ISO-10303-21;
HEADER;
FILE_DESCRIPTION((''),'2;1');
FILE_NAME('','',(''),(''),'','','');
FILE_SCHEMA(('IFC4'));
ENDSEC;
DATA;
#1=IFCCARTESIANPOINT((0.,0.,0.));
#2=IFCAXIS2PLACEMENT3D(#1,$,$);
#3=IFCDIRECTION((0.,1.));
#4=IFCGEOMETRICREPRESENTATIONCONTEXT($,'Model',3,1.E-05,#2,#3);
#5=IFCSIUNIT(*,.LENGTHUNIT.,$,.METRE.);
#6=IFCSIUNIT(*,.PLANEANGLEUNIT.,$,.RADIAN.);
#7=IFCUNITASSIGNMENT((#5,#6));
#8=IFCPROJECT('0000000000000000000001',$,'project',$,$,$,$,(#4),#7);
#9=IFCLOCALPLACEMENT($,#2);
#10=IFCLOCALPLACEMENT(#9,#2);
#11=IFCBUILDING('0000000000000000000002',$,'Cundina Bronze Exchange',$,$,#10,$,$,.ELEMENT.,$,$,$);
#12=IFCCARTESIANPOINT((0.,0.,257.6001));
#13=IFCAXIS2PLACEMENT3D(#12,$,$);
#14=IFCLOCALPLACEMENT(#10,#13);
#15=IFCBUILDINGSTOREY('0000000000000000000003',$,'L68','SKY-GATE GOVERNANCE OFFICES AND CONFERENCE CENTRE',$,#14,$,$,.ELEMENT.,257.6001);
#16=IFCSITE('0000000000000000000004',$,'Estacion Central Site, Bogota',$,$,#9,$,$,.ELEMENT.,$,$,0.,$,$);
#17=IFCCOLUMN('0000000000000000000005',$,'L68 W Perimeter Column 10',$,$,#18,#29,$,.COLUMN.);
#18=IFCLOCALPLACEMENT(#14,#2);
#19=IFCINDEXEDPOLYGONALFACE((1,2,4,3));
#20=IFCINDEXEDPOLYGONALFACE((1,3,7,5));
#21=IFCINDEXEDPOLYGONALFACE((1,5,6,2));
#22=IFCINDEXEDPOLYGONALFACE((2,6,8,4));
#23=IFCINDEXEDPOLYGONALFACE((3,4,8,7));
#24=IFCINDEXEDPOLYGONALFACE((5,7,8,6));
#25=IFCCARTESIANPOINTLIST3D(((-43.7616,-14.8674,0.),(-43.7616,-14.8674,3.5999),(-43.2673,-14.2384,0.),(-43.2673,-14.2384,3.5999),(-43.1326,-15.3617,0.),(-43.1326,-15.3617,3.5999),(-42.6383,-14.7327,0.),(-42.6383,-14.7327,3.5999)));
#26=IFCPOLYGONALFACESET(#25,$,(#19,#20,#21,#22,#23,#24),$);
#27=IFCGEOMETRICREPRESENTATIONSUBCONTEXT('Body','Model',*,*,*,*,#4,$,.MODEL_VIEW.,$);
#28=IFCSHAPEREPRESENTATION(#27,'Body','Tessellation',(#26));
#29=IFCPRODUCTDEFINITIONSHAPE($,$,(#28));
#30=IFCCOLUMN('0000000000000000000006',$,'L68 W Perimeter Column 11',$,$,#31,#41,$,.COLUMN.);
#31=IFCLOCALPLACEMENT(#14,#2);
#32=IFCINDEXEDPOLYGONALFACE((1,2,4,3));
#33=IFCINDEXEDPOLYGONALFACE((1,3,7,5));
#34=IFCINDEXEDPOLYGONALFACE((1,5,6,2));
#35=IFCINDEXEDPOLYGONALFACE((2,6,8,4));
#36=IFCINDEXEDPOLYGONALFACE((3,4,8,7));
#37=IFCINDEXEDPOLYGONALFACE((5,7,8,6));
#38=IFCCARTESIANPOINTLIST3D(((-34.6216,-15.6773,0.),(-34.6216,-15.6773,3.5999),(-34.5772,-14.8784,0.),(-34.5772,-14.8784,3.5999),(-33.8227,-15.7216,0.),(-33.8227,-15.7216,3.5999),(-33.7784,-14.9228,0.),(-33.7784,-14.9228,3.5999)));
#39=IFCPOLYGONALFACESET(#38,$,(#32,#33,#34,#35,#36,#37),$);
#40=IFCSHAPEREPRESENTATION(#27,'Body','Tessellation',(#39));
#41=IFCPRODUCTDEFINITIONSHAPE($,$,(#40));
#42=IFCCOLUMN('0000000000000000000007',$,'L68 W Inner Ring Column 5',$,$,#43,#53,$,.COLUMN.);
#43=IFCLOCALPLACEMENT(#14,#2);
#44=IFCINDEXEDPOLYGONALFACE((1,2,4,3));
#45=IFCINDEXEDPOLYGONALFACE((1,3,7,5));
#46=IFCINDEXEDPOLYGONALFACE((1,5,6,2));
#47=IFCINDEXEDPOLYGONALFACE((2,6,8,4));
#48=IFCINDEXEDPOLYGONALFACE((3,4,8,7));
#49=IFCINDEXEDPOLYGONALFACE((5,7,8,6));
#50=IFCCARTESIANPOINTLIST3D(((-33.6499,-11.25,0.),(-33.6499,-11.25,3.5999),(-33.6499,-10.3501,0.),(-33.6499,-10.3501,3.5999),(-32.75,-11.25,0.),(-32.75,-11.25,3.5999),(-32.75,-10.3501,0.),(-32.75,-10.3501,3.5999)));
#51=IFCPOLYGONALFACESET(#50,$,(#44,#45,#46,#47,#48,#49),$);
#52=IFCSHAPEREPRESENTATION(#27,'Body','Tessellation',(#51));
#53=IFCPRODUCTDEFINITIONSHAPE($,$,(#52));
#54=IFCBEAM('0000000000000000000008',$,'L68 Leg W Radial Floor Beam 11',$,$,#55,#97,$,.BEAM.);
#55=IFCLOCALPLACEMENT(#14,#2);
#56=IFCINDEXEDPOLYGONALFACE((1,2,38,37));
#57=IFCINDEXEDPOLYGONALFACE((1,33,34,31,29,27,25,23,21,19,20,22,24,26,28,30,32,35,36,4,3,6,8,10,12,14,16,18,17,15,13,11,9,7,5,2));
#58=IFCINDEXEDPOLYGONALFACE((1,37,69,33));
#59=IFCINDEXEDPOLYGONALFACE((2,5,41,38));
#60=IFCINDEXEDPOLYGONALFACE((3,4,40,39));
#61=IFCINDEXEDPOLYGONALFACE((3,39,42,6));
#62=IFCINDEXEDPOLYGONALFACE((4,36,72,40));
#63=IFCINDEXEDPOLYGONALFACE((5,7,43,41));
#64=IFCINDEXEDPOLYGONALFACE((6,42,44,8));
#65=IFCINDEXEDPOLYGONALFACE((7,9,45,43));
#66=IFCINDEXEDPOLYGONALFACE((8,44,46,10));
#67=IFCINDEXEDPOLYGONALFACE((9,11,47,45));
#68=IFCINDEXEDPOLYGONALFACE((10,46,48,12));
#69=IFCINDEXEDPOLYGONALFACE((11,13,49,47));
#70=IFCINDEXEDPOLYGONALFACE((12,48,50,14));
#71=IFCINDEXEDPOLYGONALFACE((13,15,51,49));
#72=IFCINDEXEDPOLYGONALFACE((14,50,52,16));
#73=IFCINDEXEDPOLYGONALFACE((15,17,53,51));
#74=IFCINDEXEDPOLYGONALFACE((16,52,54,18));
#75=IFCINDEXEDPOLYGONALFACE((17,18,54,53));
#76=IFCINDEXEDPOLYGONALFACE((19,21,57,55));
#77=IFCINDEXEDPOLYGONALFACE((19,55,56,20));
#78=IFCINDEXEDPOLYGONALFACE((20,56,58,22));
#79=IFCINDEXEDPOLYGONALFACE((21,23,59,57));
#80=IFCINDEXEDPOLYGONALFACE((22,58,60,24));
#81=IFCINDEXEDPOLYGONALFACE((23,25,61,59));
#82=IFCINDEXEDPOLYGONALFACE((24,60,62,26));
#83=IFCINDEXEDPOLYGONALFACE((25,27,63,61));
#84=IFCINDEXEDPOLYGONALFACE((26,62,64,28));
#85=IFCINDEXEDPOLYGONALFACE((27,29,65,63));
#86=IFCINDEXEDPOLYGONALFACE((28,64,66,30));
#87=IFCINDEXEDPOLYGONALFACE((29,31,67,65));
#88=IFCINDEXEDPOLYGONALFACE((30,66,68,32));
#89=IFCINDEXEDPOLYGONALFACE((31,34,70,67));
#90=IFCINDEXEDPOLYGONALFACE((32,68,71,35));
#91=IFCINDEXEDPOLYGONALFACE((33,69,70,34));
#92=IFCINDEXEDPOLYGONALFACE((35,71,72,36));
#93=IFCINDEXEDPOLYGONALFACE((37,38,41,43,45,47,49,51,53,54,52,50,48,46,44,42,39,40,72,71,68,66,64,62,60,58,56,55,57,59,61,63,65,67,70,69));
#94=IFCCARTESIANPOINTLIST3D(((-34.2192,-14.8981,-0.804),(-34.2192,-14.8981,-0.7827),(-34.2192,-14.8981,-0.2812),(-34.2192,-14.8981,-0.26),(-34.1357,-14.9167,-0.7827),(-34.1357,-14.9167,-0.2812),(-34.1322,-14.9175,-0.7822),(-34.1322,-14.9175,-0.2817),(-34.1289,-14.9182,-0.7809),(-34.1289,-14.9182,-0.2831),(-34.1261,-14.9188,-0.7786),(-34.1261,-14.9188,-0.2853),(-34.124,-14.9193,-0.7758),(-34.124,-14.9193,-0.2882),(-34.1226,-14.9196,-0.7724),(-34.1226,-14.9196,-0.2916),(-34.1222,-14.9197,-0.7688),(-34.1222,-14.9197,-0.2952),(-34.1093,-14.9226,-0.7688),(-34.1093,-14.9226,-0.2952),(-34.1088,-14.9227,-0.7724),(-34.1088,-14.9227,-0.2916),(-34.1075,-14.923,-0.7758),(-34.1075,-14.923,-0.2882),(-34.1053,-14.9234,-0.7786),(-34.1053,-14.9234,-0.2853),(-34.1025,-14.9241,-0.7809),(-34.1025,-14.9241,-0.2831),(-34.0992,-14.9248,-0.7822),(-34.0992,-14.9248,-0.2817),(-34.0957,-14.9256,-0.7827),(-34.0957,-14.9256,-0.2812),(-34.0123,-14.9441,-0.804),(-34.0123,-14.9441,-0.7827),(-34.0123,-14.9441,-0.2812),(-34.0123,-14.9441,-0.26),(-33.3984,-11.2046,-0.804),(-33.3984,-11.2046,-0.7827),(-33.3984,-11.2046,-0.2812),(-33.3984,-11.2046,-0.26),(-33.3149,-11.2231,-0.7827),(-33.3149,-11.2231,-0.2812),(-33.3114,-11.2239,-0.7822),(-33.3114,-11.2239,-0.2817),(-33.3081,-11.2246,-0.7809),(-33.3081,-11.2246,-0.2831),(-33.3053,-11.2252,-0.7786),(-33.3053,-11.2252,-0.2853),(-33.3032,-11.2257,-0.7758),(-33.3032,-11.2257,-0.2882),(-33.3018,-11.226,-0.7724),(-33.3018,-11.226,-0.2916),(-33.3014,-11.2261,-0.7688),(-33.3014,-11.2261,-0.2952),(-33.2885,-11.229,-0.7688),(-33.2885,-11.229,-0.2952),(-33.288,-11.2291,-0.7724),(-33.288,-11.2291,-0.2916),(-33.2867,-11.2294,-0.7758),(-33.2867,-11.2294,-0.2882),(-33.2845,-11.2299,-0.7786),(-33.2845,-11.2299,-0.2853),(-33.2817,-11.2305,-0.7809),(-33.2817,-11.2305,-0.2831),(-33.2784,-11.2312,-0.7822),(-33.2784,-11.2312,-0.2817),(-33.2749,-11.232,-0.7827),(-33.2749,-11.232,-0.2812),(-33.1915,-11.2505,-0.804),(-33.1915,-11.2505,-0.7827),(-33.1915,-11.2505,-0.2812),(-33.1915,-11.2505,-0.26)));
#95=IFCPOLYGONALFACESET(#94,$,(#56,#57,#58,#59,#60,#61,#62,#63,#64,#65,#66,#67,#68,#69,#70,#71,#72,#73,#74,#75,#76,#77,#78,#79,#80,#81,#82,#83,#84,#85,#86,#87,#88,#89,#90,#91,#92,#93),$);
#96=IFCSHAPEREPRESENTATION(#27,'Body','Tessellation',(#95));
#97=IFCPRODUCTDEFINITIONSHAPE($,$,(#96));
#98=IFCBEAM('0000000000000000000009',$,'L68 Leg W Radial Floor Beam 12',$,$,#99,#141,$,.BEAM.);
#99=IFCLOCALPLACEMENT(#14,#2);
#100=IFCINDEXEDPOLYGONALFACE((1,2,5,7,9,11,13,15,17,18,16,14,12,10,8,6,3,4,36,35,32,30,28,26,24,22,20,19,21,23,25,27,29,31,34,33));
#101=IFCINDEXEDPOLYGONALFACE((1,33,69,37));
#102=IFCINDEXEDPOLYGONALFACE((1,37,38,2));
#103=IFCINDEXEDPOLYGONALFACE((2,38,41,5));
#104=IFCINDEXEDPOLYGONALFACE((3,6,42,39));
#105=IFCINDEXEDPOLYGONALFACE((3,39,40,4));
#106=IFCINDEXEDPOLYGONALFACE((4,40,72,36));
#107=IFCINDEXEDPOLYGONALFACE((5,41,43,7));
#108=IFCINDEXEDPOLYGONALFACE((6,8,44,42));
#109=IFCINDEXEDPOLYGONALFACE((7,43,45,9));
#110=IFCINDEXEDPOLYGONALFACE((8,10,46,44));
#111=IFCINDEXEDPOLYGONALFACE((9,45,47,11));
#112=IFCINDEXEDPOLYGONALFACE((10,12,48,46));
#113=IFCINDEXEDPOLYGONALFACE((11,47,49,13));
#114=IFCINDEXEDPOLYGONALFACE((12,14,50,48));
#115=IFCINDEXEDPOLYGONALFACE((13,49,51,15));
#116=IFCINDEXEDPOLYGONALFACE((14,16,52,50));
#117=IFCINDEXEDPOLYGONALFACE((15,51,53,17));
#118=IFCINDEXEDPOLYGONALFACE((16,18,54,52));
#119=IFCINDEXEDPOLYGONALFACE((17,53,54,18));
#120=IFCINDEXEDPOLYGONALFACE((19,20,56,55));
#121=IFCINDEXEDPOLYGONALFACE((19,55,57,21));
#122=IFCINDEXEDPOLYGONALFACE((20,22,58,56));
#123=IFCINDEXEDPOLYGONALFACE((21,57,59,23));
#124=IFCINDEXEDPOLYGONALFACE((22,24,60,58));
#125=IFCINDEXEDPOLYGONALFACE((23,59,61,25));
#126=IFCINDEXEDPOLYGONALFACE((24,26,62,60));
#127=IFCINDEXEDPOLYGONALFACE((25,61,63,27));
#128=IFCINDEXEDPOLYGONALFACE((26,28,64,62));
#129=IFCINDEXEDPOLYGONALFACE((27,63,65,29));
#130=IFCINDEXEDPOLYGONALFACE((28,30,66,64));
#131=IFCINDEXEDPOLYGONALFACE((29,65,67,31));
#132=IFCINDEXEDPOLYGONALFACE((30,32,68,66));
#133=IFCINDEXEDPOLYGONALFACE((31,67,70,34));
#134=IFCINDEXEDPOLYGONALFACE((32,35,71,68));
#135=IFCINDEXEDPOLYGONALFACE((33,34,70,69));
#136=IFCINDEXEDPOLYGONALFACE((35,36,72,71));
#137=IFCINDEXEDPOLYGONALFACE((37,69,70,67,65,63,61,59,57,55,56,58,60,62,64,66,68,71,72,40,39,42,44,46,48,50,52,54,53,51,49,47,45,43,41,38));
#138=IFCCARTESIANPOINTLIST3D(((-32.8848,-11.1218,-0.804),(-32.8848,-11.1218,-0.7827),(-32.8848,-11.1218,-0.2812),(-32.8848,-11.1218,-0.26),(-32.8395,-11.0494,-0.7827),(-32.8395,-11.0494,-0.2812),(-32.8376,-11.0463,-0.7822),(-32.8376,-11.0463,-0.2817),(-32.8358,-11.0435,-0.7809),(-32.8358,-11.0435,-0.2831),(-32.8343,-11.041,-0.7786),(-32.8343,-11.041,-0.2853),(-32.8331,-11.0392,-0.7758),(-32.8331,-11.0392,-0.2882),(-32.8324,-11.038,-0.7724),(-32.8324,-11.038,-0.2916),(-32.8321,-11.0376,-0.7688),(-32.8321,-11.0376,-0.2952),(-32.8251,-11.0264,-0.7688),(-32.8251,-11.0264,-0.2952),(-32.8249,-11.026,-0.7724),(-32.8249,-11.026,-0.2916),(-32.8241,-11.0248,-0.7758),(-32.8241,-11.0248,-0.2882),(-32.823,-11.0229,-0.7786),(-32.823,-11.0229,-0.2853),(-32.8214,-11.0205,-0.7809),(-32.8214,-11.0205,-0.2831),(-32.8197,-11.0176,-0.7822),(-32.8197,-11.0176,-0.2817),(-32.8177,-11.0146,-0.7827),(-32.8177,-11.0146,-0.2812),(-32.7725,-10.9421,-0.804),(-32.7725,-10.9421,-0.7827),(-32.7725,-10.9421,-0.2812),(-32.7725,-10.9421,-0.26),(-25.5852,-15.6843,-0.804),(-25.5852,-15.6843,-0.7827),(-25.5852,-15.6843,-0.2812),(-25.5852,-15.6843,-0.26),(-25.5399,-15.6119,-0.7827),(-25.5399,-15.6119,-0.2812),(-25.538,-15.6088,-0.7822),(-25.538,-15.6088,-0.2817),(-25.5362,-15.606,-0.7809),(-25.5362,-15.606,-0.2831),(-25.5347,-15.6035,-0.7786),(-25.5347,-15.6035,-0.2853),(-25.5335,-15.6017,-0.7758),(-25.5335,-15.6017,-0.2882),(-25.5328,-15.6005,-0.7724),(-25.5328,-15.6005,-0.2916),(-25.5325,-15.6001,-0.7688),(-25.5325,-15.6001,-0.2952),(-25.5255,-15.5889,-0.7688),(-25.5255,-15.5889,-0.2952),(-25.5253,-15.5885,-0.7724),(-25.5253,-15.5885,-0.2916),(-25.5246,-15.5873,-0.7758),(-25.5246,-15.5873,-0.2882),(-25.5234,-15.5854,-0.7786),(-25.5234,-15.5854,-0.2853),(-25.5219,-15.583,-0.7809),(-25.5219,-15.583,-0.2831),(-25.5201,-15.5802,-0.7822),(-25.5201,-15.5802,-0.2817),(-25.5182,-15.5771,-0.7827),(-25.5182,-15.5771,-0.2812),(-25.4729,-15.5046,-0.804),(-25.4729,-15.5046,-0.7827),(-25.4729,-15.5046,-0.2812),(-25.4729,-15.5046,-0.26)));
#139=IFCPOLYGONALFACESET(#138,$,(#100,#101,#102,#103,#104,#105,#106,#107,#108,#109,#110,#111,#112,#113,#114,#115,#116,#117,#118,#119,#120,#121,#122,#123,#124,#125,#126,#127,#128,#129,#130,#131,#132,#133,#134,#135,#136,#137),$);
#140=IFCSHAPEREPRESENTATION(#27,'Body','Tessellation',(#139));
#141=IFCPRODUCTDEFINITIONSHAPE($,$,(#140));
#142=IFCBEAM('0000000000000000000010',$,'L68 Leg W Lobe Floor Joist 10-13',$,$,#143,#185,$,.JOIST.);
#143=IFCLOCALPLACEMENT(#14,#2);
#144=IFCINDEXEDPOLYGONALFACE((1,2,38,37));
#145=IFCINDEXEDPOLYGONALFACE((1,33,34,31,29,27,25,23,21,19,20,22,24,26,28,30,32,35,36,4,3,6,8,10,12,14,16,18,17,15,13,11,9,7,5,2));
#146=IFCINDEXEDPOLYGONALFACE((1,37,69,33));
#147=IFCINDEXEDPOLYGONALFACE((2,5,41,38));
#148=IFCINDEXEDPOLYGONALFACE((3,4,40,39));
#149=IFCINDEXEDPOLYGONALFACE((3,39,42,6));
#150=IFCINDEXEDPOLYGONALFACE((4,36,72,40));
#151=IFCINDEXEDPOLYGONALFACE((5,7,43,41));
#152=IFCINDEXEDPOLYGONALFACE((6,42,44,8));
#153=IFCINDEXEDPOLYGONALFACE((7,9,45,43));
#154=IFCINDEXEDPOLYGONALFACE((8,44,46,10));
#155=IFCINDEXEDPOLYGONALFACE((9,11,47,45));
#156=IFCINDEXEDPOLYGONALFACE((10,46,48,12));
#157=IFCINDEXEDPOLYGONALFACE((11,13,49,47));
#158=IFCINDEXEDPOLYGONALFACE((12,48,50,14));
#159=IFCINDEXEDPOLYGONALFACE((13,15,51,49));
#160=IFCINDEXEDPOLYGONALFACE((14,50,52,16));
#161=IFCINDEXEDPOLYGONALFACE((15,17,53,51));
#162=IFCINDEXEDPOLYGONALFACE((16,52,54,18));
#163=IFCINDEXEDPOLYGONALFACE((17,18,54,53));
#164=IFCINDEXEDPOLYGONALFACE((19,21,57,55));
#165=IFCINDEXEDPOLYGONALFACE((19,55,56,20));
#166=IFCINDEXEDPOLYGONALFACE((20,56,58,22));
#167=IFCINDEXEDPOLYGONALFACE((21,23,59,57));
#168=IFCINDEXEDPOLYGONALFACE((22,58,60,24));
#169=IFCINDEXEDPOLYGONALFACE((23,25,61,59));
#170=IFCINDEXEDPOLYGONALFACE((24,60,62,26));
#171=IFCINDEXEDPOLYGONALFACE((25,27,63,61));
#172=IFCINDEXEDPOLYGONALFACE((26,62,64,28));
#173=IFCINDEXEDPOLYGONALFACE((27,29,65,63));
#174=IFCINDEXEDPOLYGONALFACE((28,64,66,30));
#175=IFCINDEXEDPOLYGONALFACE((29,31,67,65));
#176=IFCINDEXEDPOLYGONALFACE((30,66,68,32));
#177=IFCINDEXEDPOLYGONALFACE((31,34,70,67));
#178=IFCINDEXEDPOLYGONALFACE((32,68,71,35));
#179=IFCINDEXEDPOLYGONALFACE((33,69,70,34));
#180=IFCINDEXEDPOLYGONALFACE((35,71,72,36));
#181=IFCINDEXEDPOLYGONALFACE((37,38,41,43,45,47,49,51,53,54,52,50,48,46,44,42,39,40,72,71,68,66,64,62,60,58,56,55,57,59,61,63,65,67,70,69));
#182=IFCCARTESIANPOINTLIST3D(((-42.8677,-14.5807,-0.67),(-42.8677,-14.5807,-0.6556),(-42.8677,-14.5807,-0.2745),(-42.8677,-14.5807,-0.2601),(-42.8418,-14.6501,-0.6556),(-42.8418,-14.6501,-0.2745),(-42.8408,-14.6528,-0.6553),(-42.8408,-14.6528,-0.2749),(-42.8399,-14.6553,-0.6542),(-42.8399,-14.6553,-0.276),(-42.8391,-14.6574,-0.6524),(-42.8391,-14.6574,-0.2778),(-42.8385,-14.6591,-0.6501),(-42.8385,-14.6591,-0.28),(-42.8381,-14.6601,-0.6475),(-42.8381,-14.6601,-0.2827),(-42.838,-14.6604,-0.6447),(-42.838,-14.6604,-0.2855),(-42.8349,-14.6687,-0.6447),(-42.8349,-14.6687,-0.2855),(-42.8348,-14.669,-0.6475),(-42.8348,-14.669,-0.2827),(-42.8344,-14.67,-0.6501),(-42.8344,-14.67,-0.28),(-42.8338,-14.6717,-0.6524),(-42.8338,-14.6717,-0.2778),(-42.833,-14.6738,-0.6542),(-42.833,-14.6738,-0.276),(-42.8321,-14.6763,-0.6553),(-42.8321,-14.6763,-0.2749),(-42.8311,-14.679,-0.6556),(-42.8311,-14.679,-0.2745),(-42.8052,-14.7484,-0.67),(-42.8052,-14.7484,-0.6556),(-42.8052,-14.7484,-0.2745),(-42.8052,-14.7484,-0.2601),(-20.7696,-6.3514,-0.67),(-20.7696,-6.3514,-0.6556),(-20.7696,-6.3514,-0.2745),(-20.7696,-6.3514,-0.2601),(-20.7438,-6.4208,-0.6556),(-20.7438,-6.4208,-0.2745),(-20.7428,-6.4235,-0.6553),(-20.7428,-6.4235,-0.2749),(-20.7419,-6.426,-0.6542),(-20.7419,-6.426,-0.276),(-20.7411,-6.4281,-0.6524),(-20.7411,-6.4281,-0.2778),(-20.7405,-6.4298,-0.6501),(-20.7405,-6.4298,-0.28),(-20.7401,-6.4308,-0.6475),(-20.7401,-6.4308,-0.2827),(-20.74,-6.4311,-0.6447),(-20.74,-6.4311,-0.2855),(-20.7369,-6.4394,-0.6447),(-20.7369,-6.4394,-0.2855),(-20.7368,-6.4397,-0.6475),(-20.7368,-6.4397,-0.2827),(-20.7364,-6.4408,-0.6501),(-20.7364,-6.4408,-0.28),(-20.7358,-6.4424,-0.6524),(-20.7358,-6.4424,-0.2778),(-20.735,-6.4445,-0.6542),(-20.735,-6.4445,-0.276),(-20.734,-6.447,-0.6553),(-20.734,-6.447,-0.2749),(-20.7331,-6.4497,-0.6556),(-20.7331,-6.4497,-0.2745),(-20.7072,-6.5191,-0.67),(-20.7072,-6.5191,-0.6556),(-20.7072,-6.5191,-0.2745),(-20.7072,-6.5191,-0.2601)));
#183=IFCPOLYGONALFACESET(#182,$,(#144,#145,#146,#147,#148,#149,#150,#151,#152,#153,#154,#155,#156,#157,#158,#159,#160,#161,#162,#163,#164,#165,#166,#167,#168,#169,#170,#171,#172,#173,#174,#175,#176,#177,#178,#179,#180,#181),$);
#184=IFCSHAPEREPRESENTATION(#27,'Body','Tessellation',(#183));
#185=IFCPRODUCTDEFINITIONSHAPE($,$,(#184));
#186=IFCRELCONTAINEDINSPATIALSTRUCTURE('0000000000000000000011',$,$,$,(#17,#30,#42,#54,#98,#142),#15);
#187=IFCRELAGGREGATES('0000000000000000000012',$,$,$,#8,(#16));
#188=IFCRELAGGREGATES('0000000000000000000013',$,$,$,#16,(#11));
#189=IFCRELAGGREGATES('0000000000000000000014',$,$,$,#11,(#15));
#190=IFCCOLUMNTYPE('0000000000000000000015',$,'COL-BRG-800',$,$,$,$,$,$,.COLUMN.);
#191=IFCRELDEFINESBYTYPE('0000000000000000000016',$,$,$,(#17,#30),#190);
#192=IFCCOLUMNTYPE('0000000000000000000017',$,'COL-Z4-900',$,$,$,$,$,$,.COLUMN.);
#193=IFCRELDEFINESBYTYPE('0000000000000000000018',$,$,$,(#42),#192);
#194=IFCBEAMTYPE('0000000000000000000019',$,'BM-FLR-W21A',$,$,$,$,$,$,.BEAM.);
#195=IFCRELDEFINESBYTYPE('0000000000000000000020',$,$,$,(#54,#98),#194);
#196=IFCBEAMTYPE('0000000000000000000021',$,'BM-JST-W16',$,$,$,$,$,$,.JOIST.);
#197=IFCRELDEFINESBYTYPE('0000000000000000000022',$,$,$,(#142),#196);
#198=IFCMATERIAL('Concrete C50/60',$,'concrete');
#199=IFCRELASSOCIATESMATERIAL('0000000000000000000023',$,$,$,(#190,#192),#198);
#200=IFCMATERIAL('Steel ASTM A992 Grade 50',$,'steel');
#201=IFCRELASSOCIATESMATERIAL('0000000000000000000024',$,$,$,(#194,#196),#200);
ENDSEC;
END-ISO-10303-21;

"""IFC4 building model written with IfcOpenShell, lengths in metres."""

from ifc_helpers import new_model, si_unit, direction, frame, origin, origin_2d, place, context, subcontext, project, spatial, rectangle, i_section, extrude, material, material_profile, profile_set, type_object, element, save


model = new_model("IFC4")

# Units and contexts
model_context = context("Model", 3, precision=1e-05, world=origin(), true_north=direction((0.0, 1.0)))
body_context = subcontext(model_context, "Body", "Model", "MODEL_VIEW")
ifc_project = project(units=[si_unit("LENGTHUNIT", "METRE"), si_unit("PLANEANGLEUNIT", "RADIAN")], contexts=[model_context])

# Site, building, storey
site_placement = place(None, origin())
site = spatial("IfcSite", under=ifc_project, at=site_placement, Name="Estacion Central Site, Bogota", CompositionType="ELEMENT", RefElevation=0.0)
building_placement = place(site_placement, origin())
building = spatial("IfcBuilding", under=site, at=building_placement, Name="Cundina Bronze Exchange", CompositionType="ELEMENT")
storey_placement = place(building_placement, frame((0.0, 0.0, 257.6001)))
storey = spatial("IfcBuildingStorey", under=building, at=storey_placement, Name="L68", Description="SKY-GATE GOVERNANCE OFFICES AND CONFERENCE CENTRE", CompositionType="ELEMENT", Elevation=257.6001)

# Columns
ifc_material_1 = material(Name="Concrete C50/60", Category="concrete")
ifc_material_profile_1 = material_profile(ifc_material_1, rectangle(XDim=0.8, YDim=0.8, at=origin_2d()), Name="RC800X800", Category="concrete")
ifc_profile_set_1 = profile_set([ifc_material_profile_1], Name="Concrete C50/60")
column_type_1 = type_object("IfcColumnType", Name="COL-BRG-800", PredefinedType="COLUMN", material=ifc_profile_set_1)
for number, where, z_axis, x_axis, name in (
    (1, (-43.2, -14.8, 0.0), (0.0, 0.0, 1.0), (0.786288, -0.61786, 0.0), "L68 W Perimeter Column 10"),
    (2, (-34.2, -15.3, 0.0), (0.0, 0.0, 1.0), (0.99846, -0.055473, 0.0), "L68 W Perimeter Column 11"),
):
    element("IfcColumn", number, at=place(storey_placement, frame(where, z_axis=z_axis, x_axis=x_axis)), inside=storey, type_object=column_type_1, Name=name, PredefinedType="COLUMN", context=body_context, shape_type="SweptSolid", body=[
        extrude(rectangle(XDim=0.8, YDim=0.8, at=origin_2d()), origin(), (0.0, 0.0, 1.0), 3.5999),
    ])
ifc_material_profile_2 = material_profile(ifc_material_1, rectangle(XDim=0.8999, YDim=0.8999, at=origin_2d()), Name="RC900X900", Category="concrete")
ifc_profile_set_2 = profile_set([ifc_material_profile_2], Name="Concrete C50/60")
column_type_2 = type_object("IfcColumnType", Name="COL-Z4-900", PredefinedType="COLUMN", material=ifc_profile_set_2)
column_placement = place(storey_placement, frame((-33.2, -10.8, 0.0), z_axis=(0.0, 0.0, 1.0), x_axis=(1.0, 0.0, 0.0)))
element("IfcColumn", 3, at=column_placement, inside=storey, type_object=column_type_2, Name="L68 W Inner Ring Column 5", PredefinedType="COLUMN", context=body_context, shape_type="SweptSolid", body=[
    extrude(rectangle(XDim=0.8999, YDim=0.8999, at=origin_2d()), origin(), (0.0, 0.0, 1.0), 3.5999),
])

# Beams
ifc_material_2 = material(Name="Steel ASTM A992 Grade 50", Category="steel")
ifc_material_profile_3 = material_profile(ifc_material_2, i_section(OverallWidth=0.2119, OverallDepth=0.5439, WebThickness=0.0132, FlangeThickness=0.0212, FilletRadius=0.0139, at=origin_2d()), Name="W21X83", Category="steel")
ifc_profile_set_3 = profile_set([ifc_material_profile_3], Name="Steel ASTM A992 Grade 50")
beam_type_1 = type_object("IfcBeamType", Name="BM-FLR-W21A", PredefinedType="BEAM", material=ifc_profile_set_3)
beam_1_placement = place(storey_placement, frame((-33.2949, -11.2275, -0.532), z_axis=(-0.21693, -0.976187, 0.0), x_axis=(0.976187, -0.21693, 0.0)))
element("IfcBeam", 4, at=beam_1_placement, inside=storey, type_object=beam_type_1, Name="L68 Leg W Radial Floor Beam 11", PredefinedType="BEAM", context=body_context, shape_type="SweptSolid", body=[
    extrude(i_section(OverallWidth=0.2119, OverallDepth=0.5439, WebThickness=0.0132, FlangeThickness=0.0212, FilletRadius=0.0139, at=origin_2d()), origin(), (0.0, 0.0, 1.0), 3.7837),
])
beam_2_placement = place(storey_placement, frame((-32.8286, -11.032, -0.532), z_axis=(0.847984, -0.530022, 0.0), x_axis=(0.530022, 0.847984, 0.0)))
element("IfcBeam", 5, at=beam_2_placement, inside=storey, type_object=beam_type_1, Name="L68 Leg W Radial Floor Beam 12", PredefinedType="BEAM", context=body_context, shape_type="SweptSolid", body=[
    extrude(i_section(OverallWidth=0.2119, OverallDepth=0.5439, WebThickness=0.0132, FlangeThickness=0.0212, FilletRadius=0.0139, at=origin_2d()), origin(), (0.0, 0.0, 1.0), 8.6082),
])
ifc_material_profile_4 = material_profile(ifc_material_2, i_section(OverallWidth=0.179, OverallDepth=0.4099, WebThickness=0.0088, FlangeThickness=0.0144, FilletRadius=0.011, at=origin_2d()), Name="W16X45", Category="steel")
ifc_profile_set_4 = profile_set([ifc_material_profile_4], Name="Steel ASTM A992 Grade 50")
beam_type_2 = type_object("IfcBeamType", Name="BM-JST-W16", PredefinedType="JOIST", material=ifc_profile_set_4)
beam_3_placement = place(storey_placement, frame((-42.8364, -14.6646, -0.4651), z_axis=(0.937128, 0.348986, 0.0), x_axis=(-0.348986, 0.937128, 0.0)))
element("IfcBeam", 6, at=beam_3_placement, inside=storey, type_object=beam_type_2, Name="L68 Leg W Lobe Floor Joist 10-13", PredefinedType="JOIST", context=body_context, shape_type="SweptSolid", body=[
    extrude(i_section(OverallWidth=0.179, OverallDepth=0.4099, WebThickness=0.0088, FlangeThickness=0.0144, FilletRadius=0.011, at=origin_2d()), origin(), (0.0, 0.0, 1.0), 23.5806),
])

save(model, "model.ifc")
